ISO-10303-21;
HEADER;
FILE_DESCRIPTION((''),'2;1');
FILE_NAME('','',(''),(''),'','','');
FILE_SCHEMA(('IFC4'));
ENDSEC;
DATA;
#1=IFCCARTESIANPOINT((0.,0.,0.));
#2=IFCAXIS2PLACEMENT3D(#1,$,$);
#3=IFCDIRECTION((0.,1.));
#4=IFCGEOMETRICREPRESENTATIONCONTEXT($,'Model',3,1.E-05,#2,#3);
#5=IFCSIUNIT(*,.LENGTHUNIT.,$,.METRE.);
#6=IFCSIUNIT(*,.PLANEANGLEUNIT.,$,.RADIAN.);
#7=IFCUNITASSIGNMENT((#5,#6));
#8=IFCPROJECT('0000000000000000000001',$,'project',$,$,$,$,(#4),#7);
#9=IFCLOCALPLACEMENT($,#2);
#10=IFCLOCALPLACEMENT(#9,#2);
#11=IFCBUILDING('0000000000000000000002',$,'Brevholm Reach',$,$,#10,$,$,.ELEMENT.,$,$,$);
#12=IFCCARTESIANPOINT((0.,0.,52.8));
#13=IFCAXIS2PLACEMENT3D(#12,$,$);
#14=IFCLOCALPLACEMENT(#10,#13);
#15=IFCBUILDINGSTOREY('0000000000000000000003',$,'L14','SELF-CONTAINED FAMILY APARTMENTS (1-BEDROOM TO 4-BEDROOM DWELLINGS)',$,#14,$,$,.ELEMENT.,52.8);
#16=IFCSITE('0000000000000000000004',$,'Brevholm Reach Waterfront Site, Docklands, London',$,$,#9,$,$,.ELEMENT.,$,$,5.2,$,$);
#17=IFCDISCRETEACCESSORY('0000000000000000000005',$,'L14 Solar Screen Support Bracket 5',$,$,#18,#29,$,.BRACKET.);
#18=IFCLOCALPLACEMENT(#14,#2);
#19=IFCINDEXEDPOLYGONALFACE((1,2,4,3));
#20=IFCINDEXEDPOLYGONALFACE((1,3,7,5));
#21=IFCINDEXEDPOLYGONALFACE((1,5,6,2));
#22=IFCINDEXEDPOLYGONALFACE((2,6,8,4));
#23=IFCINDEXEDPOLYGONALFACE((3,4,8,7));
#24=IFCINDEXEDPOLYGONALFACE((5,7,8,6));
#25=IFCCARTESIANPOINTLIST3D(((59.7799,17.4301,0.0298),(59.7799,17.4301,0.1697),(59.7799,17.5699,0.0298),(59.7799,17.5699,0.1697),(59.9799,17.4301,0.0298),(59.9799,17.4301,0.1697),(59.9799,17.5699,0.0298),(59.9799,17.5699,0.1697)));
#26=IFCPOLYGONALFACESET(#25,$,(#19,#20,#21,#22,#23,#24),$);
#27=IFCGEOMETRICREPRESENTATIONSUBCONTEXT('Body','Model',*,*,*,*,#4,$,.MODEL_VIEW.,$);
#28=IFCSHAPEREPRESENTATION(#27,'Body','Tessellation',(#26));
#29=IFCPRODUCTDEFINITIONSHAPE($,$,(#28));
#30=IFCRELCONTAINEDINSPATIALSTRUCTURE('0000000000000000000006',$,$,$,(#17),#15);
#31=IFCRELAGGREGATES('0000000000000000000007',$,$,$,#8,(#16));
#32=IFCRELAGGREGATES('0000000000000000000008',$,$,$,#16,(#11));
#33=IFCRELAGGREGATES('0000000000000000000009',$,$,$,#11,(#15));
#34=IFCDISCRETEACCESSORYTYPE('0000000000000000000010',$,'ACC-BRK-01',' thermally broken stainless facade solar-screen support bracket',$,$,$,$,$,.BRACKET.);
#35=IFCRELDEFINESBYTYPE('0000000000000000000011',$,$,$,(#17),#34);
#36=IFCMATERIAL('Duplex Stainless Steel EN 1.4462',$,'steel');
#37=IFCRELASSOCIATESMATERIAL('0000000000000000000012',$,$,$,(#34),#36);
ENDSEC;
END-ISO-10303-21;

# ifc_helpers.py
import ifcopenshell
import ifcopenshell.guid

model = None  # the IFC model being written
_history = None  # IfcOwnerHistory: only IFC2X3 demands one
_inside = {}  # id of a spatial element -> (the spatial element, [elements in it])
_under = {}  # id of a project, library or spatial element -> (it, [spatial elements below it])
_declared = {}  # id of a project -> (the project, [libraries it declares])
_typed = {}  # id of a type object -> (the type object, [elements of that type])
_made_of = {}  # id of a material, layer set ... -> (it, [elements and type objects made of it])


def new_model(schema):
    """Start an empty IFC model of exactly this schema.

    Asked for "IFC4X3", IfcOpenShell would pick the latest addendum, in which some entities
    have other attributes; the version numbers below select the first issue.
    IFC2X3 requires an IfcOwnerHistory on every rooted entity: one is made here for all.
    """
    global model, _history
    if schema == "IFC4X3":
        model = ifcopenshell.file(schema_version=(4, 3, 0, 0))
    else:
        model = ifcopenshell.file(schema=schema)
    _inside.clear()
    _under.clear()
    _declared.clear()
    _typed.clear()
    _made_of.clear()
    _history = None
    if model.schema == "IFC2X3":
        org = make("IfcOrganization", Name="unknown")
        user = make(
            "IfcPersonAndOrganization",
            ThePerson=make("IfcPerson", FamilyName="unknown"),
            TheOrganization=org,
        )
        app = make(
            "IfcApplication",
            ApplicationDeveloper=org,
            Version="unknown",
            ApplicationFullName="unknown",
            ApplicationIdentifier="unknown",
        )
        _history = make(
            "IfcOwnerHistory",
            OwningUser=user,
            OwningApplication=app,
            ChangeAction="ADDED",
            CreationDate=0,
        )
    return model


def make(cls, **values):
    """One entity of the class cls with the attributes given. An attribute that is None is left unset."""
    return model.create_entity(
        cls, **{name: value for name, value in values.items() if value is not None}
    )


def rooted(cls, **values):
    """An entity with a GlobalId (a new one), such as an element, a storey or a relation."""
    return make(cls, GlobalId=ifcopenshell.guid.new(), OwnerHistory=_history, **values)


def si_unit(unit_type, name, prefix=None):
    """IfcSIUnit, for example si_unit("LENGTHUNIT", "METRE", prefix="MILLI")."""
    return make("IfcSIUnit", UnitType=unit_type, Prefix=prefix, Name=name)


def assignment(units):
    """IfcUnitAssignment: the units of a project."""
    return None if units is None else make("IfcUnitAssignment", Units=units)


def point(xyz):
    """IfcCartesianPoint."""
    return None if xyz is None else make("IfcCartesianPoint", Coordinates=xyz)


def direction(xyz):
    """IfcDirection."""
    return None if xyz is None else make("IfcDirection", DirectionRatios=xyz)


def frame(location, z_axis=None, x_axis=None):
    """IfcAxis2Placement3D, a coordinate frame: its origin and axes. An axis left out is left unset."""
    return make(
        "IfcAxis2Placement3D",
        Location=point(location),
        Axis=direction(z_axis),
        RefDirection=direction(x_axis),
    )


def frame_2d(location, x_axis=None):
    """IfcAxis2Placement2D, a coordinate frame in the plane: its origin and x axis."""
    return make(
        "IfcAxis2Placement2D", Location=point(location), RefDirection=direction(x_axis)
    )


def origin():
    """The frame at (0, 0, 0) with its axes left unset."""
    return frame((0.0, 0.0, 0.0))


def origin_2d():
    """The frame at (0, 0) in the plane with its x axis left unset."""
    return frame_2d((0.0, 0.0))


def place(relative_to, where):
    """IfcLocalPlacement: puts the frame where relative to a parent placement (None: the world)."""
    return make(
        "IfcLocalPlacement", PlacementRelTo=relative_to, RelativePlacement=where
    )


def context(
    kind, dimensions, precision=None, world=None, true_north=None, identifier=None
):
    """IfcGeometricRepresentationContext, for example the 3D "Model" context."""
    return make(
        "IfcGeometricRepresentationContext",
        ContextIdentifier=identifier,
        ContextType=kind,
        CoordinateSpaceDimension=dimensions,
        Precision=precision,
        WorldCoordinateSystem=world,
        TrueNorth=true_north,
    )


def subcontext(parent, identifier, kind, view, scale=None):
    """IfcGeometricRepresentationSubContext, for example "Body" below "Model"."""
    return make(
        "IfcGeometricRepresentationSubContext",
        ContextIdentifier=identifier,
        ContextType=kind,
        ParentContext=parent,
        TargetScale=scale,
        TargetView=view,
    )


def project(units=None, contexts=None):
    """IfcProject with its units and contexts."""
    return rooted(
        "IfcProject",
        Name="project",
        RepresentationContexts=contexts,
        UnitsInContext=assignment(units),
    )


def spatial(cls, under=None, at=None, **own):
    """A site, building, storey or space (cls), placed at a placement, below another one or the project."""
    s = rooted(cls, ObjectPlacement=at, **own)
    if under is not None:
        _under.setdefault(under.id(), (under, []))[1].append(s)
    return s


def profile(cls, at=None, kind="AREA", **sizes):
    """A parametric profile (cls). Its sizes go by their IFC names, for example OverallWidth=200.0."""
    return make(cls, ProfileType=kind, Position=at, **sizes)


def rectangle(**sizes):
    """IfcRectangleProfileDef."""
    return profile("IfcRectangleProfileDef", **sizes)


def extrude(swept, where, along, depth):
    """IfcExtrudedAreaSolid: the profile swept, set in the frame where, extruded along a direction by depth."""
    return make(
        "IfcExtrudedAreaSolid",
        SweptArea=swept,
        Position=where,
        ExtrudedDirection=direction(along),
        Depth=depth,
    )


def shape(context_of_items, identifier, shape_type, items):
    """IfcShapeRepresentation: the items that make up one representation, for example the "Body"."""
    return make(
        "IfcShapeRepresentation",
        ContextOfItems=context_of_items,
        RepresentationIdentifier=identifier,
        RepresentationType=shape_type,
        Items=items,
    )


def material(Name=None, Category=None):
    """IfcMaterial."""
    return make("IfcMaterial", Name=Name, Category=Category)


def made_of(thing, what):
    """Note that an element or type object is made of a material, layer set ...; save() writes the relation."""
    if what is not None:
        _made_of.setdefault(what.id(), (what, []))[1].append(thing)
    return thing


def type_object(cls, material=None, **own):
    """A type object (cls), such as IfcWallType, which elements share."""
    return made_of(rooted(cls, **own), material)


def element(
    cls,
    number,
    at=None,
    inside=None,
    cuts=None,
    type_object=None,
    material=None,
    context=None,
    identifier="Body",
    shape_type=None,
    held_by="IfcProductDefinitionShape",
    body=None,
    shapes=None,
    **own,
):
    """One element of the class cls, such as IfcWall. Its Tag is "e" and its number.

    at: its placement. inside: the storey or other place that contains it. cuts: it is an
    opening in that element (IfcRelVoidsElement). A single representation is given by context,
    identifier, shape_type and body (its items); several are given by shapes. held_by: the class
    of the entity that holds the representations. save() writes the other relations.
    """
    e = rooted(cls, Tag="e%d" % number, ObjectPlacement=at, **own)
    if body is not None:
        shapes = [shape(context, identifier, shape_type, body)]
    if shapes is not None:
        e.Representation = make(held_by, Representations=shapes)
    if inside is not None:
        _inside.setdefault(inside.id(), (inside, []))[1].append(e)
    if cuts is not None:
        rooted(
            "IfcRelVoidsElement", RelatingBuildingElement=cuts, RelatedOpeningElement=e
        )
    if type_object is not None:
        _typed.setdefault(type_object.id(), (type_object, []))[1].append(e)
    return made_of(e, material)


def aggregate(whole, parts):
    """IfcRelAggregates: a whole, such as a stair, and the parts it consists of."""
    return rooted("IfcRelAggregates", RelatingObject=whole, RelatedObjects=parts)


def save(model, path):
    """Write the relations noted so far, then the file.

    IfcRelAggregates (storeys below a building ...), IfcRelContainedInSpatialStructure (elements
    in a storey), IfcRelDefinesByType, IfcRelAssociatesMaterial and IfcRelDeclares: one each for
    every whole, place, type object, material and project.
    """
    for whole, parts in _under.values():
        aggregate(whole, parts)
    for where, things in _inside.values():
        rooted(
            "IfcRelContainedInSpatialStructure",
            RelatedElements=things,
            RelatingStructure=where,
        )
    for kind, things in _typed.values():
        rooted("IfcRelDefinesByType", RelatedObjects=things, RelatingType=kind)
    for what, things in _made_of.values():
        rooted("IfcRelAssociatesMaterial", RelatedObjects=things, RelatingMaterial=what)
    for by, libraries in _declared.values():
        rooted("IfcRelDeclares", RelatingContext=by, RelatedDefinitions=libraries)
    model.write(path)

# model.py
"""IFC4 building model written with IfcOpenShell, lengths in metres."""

from ifc_helpers import new_model, si_unit, direction, frame, origin, origin_2d, place, context, subcontext, project, spatial, rectangle, extrude, material, type_object, element, save


model = new_model("IFC4")

# Units and contexts
model_context = context("Model", 3, precision=1e-05, world=origin(), true_north=direction((0.0, 1.0)))
body_context = subcontext(model_context, "Body", "Model", "MODEL_VIEW")
ifc_project = project(units=[si_unit("LENGTHUNIT", "METRE"), si_unit("PLANEANGLEUNIT", "RADIAN")], contexts=[model_context])

# Site, building, storey
site_placement = place(None, origin())
site = spatial("IfcSite", under=ifc_project, at=site_placement, Name="Brevholm Reach Waterfront Site, Docklands, London", CompositionType="ELEMENT", RefElevation=5.2)
building_placement = place(site_placement, origin())
building = spatial("IfcBuilding", under=site, at=building_placement, Name="Brevholm Reach", CompositionType="ELEMENT")
storey_placement = place(building_placement, frame((0.0, 0.0, 52.8)))
storey = spatial("IfcBuildingStorey", under=building, at=storey_placement, Name="L14", Description="SELF-CONTAINED FAMILY APARTMENTS (1-BEDROOM TO 4-BEDROOM DWELLINGS)", CompositionType="ELEMENT", Elevation=52.8)

# Discrete accessory
ifc_material_1 = material(Name="Duplex Stainless Steel EN 1.4462", Category="steel")
discrete_accessory_type = type_object("IfcDiscreteAccessoryType", Name="ACC-BRK-01", Description=" thermally broken stainless facade solar-screen support bracket", PredefinedType="BRACKET", material=ifc_material_1)
for number, where, z_axis, x_axis, name in (
    (1, (59.8799, 17.5, 0.0298), (0.0, 0.0, 1.0), (1.0, 0.0, 0.0), "L14 Solar Screen Support Bracket 5"),
):
    element("IfcDiscreteAccessory", number, at=place(storey_placement, frame(where, z_axis=z_axis, x_axis=x_axis)), inside=storey, type_object=discrete_accessory_type, Name=name, PredefinedType="BRACKET", context=body_context, shape_type="SweptSolid", body=[
        extrude(rectangle(XDim=0.2, YDim=0.1399, at=origin_2d()), origin(), (0.0, 0.0, 1.0), 0.1399),
    ])

save(model, "model.ifc")
